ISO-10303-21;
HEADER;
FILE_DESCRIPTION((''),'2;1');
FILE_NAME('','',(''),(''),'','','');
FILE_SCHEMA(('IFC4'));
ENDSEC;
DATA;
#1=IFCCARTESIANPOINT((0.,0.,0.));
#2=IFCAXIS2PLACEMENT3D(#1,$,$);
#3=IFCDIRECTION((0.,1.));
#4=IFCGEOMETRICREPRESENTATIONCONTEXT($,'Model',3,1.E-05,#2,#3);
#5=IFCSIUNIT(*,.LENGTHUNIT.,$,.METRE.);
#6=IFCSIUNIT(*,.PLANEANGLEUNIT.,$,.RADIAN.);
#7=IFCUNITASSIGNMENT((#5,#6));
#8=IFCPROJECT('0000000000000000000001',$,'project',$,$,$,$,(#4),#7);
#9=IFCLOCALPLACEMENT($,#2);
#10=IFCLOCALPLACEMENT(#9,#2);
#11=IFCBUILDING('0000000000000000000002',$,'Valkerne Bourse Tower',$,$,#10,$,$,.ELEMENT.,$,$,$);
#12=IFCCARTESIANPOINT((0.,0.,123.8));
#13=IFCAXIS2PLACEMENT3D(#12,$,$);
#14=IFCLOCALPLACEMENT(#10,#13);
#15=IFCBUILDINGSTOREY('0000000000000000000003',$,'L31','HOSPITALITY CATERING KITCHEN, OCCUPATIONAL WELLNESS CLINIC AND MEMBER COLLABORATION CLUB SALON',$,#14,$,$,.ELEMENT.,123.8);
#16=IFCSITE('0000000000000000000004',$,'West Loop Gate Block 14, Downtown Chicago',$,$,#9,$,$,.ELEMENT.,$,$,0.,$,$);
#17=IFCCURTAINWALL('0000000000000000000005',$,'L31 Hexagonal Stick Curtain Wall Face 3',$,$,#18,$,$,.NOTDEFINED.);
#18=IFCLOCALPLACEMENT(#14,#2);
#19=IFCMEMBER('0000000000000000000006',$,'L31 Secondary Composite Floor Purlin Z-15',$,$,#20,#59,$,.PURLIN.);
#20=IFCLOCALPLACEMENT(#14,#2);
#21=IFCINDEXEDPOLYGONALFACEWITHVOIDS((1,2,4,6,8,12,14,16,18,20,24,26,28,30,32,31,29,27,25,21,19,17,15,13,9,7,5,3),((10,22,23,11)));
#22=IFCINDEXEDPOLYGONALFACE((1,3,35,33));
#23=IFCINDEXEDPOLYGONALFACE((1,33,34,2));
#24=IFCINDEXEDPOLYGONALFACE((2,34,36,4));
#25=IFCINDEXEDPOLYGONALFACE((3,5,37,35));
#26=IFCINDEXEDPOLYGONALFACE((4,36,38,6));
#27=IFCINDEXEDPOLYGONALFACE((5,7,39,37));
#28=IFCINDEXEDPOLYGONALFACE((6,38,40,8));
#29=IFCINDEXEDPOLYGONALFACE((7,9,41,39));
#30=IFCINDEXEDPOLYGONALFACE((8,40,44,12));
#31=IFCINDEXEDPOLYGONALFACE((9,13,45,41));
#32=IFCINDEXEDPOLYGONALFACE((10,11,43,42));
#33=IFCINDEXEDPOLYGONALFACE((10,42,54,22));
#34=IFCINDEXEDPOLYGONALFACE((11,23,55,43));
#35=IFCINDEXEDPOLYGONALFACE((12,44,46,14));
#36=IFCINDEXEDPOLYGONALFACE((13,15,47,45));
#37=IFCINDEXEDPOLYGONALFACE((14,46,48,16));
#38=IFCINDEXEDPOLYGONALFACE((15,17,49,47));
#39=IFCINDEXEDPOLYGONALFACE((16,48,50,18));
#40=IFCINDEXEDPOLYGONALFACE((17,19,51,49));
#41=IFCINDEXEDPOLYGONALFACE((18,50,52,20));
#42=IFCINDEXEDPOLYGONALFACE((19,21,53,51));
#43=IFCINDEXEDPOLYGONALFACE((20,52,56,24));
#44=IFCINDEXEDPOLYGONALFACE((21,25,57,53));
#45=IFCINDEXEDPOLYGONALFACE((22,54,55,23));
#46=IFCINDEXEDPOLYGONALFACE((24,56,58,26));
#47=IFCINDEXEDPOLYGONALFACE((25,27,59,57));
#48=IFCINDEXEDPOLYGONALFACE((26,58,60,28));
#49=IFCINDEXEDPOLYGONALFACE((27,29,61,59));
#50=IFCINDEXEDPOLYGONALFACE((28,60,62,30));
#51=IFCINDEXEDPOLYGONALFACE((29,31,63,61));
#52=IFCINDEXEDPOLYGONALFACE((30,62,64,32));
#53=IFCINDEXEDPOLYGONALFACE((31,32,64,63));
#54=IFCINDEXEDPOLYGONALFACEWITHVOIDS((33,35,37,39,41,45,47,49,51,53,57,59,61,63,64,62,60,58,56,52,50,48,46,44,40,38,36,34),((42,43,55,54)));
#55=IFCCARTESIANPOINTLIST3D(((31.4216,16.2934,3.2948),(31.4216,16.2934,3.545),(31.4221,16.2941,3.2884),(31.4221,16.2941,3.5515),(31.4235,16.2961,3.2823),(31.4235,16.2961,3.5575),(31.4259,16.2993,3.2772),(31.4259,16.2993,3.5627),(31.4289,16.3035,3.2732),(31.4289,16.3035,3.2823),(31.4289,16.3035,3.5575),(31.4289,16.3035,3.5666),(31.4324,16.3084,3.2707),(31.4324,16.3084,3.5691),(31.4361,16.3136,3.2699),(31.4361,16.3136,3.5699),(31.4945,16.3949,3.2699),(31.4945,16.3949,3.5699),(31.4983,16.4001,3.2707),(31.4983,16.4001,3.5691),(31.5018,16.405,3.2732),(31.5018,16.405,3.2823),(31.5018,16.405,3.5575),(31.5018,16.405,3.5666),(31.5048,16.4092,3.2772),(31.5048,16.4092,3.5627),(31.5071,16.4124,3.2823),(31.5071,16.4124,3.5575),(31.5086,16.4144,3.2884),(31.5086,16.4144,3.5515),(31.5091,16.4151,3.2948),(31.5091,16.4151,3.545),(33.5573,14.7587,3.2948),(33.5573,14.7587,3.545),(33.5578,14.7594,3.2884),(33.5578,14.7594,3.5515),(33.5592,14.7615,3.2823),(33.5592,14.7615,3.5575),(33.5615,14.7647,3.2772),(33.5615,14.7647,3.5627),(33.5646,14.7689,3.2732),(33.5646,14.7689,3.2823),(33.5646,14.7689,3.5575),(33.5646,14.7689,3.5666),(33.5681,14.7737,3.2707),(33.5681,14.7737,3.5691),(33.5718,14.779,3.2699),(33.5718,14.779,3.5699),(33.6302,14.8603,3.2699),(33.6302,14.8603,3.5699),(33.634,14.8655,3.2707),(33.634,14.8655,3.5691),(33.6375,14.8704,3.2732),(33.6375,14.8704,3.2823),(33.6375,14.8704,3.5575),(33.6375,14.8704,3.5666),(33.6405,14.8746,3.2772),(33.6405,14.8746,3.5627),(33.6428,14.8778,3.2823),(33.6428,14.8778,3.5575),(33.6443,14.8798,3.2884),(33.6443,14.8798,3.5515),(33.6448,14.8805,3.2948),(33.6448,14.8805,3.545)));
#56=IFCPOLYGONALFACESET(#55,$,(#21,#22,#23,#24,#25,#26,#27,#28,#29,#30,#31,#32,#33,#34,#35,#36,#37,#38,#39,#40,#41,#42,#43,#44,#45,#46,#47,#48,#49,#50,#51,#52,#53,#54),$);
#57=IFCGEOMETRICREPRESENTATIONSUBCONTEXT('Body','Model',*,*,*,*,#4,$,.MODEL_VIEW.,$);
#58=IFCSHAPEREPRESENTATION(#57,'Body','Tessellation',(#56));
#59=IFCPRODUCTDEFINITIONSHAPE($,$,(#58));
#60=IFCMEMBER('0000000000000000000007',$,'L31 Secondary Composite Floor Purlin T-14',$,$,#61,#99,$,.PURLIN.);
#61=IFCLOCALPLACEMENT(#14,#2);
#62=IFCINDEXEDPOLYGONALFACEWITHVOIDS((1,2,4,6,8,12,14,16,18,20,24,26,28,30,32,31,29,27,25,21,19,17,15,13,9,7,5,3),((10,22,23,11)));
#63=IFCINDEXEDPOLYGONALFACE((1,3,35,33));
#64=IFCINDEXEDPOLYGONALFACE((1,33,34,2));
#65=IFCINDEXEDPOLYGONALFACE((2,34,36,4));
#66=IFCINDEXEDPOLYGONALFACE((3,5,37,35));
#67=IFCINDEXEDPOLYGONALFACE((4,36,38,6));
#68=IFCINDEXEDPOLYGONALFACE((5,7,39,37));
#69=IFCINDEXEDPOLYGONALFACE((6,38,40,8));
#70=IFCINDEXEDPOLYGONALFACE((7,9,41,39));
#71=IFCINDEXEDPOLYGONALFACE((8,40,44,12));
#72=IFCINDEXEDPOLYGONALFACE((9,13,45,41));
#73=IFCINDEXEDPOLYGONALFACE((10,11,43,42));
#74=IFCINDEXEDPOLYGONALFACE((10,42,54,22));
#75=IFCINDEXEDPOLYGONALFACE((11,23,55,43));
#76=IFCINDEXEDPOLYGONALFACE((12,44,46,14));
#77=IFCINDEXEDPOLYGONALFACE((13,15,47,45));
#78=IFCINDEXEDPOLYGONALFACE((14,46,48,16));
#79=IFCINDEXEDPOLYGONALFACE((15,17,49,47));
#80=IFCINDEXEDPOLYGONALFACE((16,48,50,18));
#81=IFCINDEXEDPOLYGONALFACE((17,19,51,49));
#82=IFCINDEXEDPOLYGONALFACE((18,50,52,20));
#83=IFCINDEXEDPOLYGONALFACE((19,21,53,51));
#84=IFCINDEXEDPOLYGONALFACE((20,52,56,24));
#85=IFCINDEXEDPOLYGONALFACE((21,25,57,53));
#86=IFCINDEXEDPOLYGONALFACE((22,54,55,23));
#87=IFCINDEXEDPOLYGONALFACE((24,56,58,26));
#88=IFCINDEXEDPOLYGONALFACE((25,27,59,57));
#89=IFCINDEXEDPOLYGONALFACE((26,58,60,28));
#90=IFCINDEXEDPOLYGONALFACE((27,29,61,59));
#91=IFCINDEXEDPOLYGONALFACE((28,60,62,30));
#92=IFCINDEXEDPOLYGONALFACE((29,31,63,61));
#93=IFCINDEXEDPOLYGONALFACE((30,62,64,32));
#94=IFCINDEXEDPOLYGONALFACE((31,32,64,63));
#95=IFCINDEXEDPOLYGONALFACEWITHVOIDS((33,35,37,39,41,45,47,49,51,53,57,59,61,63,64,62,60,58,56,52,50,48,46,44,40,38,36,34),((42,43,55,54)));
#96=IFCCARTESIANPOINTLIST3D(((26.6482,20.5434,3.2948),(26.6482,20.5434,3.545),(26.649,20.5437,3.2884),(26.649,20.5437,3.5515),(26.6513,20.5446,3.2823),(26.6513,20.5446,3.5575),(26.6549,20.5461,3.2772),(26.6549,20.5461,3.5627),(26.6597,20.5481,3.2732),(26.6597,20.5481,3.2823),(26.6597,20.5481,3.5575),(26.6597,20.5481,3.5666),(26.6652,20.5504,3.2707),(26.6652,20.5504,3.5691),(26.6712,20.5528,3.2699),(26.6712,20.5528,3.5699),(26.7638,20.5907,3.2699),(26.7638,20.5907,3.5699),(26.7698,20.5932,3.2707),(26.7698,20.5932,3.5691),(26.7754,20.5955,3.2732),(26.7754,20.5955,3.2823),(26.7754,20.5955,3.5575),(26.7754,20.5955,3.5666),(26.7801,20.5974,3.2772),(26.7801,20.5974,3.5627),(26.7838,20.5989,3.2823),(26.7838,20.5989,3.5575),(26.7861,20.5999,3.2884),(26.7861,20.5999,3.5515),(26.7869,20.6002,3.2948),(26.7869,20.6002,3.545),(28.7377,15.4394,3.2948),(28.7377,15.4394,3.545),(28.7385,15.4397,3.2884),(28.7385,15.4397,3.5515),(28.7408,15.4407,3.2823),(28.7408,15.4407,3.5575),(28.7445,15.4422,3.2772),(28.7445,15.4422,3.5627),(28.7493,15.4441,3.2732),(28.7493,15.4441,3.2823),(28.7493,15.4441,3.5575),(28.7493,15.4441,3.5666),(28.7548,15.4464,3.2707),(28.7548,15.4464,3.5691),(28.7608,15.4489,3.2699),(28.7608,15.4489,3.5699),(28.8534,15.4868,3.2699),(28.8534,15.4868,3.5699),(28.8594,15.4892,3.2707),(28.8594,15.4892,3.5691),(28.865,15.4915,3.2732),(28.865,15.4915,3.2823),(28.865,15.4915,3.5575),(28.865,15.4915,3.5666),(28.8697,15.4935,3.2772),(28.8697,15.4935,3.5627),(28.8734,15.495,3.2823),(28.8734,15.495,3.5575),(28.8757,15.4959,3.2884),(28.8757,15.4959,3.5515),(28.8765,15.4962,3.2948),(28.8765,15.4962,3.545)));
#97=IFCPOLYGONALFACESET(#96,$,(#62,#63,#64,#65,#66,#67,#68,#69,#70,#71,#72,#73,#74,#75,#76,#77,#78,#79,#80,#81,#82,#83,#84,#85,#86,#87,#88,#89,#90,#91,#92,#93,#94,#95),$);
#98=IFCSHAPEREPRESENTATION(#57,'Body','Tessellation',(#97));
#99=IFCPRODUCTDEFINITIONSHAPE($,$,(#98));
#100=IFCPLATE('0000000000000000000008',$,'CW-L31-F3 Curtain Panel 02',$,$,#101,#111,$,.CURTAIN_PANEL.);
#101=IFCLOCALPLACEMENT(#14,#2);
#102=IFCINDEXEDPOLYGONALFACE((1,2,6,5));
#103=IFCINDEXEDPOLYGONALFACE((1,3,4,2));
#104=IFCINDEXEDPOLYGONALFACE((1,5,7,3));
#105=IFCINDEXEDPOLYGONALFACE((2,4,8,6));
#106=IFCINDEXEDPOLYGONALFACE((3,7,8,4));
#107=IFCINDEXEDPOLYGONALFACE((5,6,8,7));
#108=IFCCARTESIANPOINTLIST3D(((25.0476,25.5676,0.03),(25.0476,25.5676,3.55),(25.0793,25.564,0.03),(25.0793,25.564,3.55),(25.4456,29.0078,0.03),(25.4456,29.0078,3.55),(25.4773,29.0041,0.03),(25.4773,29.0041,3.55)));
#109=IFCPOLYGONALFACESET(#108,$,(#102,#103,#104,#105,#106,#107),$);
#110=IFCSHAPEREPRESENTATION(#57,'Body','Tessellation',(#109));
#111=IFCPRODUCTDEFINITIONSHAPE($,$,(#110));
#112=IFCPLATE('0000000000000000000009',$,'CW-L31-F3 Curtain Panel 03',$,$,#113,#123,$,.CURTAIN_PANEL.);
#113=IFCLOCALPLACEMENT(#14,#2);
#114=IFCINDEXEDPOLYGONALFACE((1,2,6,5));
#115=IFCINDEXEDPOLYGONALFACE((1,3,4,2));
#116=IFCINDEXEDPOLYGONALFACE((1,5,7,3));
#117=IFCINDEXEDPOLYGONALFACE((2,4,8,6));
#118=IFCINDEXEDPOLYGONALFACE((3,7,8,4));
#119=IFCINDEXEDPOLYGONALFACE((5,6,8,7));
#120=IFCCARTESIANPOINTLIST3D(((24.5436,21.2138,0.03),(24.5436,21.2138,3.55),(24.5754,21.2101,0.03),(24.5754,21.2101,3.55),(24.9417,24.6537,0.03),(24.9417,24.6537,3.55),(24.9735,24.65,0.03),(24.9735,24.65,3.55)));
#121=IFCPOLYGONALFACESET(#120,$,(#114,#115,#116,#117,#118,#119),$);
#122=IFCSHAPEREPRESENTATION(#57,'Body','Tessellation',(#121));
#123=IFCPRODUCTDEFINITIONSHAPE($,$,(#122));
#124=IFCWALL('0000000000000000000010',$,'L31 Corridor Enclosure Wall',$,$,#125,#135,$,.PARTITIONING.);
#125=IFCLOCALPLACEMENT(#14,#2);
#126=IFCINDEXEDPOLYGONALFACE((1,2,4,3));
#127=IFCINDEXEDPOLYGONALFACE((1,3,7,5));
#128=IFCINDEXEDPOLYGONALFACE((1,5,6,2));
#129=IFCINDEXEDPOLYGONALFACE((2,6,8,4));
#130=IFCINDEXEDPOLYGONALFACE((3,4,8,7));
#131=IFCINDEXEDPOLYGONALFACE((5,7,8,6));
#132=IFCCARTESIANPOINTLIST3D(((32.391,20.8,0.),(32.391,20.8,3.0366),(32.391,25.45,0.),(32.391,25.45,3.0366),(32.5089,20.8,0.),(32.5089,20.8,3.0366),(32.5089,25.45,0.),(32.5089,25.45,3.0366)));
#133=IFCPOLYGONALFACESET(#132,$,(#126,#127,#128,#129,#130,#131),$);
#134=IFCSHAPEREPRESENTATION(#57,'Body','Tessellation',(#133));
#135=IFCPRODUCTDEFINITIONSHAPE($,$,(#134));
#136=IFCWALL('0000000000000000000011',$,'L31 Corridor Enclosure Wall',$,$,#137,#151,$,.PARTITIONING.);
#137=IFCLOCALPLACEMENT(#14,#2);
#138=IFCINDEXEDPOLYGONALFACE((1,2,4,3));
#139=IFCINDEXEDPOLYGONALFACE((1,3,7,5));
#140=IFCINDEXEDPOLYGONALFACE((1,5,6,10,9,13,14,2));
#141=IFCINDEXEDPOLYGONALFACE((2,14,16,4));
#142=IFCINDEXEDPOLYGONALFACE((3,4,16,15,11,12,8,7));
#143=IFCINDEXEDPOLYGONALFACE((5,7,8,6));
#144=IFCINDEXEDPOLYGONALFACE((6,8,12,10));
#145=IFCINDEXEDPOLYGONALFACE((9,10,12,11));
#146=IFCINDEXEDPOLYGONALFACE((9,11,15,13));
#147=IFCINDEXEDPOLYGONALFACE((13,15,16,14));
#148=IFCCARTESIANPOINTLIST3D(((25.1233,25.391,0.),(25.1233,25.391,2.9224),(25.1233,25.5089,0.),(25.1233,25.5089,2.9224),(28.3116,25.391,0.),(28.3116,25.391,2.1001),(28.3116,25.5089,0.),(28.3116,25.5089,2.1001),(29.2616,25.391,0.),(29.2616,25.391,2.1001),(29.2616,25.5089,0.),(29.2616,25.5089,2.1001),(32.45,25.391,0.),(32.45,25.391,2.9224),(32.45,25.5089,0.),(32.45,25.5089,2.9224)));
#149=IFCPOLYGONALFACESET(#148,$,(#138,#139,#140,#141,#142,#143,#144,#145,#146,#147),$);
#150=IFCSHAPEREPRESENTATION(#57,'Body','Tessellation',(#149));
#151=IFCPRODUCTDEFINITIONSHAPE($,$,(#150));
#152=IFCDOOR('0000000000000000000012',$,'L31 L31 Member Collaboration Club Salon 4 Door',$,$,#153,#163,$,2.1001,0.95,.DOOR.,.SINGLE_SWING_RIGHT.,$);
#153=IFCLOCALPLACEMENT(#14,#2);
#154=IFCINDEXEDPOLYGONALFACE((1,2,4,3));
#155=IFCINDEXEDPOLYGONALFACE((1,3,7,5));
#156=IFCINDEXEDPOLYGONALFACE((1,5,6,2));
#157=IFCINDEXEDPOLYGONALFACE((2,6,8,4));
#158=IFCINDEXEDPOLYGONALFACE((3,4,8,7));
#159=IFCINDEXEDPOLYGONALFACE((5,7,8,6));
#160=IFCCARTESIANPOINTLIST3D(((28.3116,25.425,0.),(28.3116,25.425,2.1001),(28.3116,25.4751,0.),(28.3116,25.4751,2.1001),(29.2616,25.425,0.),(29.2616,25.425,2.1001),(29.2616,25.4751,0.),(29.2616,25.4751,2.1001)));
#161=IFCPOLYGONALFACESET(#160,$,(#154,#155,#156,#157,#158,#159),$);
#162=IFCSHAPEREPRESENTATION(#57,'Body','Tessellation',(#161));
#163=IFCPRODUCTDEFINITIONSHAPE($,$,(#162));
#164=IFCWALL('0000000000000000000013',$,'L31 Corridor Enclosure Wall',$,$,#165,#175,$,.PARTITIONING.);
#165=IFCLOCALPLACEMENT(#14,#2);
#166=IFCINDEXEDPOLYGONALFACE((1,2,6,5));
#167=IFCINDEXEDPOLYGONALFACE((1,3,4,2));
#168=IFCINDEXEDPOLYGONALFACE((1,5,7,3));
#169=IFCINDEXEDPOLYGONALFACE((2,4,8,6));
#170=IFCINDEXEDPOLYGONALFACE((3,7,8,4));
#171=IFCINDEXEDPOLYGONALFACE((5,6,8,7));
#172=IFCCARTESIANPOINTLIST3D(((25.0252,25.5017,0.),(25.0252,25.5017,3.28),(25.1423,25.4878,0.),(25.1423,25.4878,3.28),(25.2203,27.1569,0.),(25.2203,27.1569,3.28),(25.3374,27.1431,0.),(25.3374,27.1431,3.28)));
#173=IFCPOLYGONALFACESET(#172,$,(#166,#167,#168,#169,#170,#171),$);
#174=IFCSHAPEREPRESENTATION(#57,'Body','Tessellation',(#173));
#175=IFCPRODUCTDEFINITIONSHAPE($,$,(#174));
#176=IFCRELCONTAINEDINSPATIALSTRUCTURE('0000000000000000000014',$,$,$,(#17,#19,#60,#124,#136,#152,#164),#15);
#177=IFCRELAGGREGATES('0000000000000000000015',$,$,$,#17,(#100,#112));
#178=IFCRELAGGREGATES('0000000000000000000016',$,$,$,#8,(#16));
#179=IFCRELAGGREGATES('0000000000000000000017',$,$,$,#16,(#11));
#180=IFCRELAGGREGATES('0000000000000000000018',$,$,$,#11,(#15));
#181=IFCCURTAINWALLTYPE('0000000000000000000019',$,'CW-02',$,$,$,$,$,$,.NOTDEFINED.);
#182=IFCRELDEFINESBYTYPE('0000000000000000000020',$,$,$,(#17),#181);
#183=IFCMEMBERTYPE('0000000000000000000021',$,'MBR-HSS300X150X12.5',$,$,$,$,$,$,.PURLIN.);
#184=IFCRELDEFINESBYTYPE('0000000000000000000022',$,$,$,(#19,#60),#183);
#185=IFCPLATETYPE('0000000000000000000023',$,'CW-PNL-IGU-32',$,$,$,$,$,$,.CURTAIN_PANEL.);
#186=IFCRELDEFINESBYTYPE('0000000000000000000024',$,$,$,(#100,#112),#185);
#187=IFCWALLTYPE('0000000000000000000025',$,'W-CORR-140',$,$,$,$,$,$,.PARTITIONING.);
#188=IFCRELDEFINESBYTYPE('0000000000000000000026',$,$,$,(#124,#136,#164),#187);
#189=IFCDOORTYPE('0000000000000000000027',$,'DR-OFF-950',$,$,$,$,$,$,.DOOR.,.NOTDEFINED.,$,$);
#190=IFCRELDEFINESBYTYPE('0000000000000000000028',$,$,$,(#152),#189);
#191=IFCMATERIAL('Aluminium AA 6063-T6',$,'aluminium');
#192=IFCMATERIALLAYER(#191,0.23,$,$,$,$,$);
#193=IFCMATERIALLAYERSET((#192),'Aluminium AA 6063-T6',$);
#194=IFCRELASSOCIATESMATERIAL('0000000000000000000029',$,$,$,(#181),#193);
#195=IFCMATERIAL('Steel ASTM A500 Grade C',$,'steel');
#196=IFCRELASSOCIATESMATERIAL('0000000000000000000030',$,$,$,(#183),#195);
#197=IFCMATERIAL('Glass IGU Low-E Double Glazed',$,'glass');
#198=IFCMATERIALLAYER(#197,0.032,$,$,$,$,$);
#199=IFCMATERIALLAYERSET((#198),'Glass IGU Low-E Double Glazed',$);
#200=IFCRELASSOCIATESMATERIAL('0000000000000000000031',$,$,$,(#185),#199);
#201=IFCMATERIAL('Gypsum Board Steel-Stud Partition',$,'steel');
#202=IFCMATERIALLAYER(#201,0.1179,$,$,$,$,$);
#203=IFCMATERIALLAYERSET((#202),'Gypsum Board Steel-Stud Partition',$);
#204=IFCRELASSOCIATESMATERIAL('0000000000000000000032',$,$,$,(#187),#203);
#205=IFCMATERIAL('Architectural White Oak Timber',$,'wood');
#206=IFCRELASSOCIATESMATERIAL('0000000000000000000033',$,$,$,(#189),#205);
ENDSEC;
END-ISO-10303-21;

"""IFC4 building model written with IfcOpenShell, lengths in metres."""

from ifc_helpers import new_model, si_unit, direction, frame, frame_2d, origin, origin_2d, place, context, subcontext, project, spatial, rectangle, hollow_rectangle, extrude, material, layer, layer_set, material_profile, profile_set, type_object, element, fill, aggregate, save


model = new_model("IFC4")

# Units and contexts
model_context = context("Model", 3, precision=1e-05, world=origin(), true_north=direction((0.0, 1.0)))
body_context = subcontext(model_context, "Body", "Model", "MODEL_VIEW")
ifc_project = project(units=[si_unit("LENGTHUNIT", "METRE"), si_unit("PLANEANGLEUNIT", "RADIAN")], contexts=[model_context])

# Site, building, storey
site_placement = place(None, origin())
site = spatial("IfcSite", under=ifc_project, at=site_placement, Name="West Loop Gate Block 14, Downtown Chicago", CompositionType="ELEMENT", RefElevation=0.0)
building_placement = place(site_placement, origin())
building = spatial("IfcBuilding", under=site, at=building_placement, Name="Valkerne Bourse Tower", CompositionType="ELEMENT")
storey_placement = place(building_placement, frame((0.0, 0.0, 123.8)))
storey = spatial("IfcBuildingStorey", under=building, at=storey_placement, Name="L31", Description="HOSPITALITY CATERING KITCHEN, OCCUPATIONAL WELLNESS CLINIC AND MEMBER COLLABORATION CLUB SALON", CompositionType="ELEMENT", Elevation=123.8)

# Curtain wall
ifc_material_1 = material(Name="Aluminium AA 6063-T6", Category="aluminium")
ifc_layer_1 = layer(ifc_material_1, 0.23)
ifc_layer_set_1 = layer_set([ifc_layer_1], Name="Aluminium AA 6063-T6")
curtain_wall_type = type_object("IfcCurtainWallType", Name="CW-02", PredefinedType="NOTDEFINED", material=ifc_layer_set_1)
curtain_wall_placement = place(storey_placement, origin())
curtain_wall = element("IfcCurtainWall", 1, at=curtain_wall_placement, inside=storey, type_object=curtain_wall_type, Name="L31 Hexagonal Stick Curtain Wall Face 3", PredefinedType="NOTDEFINED")

# Members
ifc_material_2 = material(Name="Steel ASTM A500 Grade C", Category="steel")
ifc_material_profile_1 = material_profile(ifc_material_2, hollow_rectangle(XDim=0.1499, YDim=0.3, WallThickness=0.0125, OuterFilletRadius=0.0249, at=origin_2d()), Name="HSS300X150X12.5")
ifc_profile_set_1 = profile_set([ifc_material_profile_1], Name="Steel ASTM A500 Grade C")
member_type_1 = type_object("IfcMemberType", Name="MBR-HSS300X150X12.5", PredefinedType="PURLIN", material=ifc_profile_set_1)
member_1_placement = place(storey_placement, frame((31.4653, 16.3542, 3.4199), z_axis=(0.812087, -0.583537, 0.0), x_axis=(0.583537, 0.812087, 0.0)))
element("IfcMember", 2, at=member_1_placement, inside=storey, type_object=member_type_1, Name="L31 Secondary Composite Floor Purlin Z-15", PredefinedType="PURLIN", context=body_context, shape_type="SweptSolid", body=[
    extrude(hollow_rectangle(XDim=0.1499, YDim=0.3, WallThickness=0.0125, OuterFilletRadius=0.0249, at=origin_2d()), origin(), (0.0, 0.0, 1.0), 2.6299),
])
member_2_placement = place(storey_placement, frame((26.7175, 20.5718, 3.4199), z_axis=(0.378881, -0.925445, 0.0), x_axis=(0.925445, 0.378881, 0.0)))
element("IfcMember", 3, at=member_2_placement, inside=storey, type_object=member_type_1, Name="L31 Secondary Composite Floor Purlin T-14", PredefinedType="PURLIN", context=body_context, shape_type="SweptSolid", body=[
    extrude(hollow_rectangle(XDim=0.1499, YDim=0.3, WallThickness=0.0125, OuterFilletRadius=0.0249, at=origin_2d()), origin(), (0.0, 0.0, 1.0), 5.5151),
])

# Plates
ifc_material_3 = material(Name="Glass IGU Low-E Double Glazed", Category="glass")
ifc_layer_2 = layer(ifc_material_3, 0.032)
ifc_layer_set_2 = layer_set([ifc_layer_2], Name="Glass IGU Low-E Double Glazed")
plate_type = type_object("IfcPlateType", Name="CW-PNL-IGU-32", PredefinedType="CURTAIN_PANEL", material=ifc_layer_set_2)
plate_1_placement = place(storey_placement, frame((25.2625, 27.2859, 0.03), z_axis=(0.0, 0.0, 1.0), x_axis=(-0.11492, -0.993375, 0.0)))
plate_1 = element("IfcPlate", 4, at=plate_1_placement, type_object=plate_type, Name="CW-L31-F3 Curtain Panel 02", PredefinedType="CURTAIN_PANEL", context=body_context, shape_type="SweptSolid", body=[
    extrude(rectangle(XDim=3.4631, YDim=0.032, at=origin_2d()), origin(), (0.0, 0.0, 1.0), 3.52),
])
plate_2_placement = place(storey_placement, frame((24.7585, 22.9319, 0.03), z_axis=(0.0, 0.0, 1.0), x_axis=(-0.114945, -0.993372, 0.0)))
plate_2 = element("IfcPlate", 5, at=plate_2_placement, type_object=plate_type, Name="CW-L31-F3 Curtain Panel 03", PredefinedType="CURTAIN_PANEL", context=body_context, shape_type="SweptSolid", body=[
    extrude(rectangle(XDim=3.4629, YDim=0.032, at=origin_2d()), origin(), (0.0, 0.0, 1.0), 3.52),
])
aggregate(curtain_wall, [plate_1, plate_2])

# Wall
ifc_material_4 = material(Name="Gypsum Board Steel-Stud Partition", Category="steel")
ifc_layer_3 = layer(ifc_material_4, 0.1179)
ifc_layer_set_3 = layer_set([ifc_layer_3], Name="Gypsum Board Steel-Stud Partition")
wall_type_1 = type_object("IfcWallType", Name="W-CORR-140", PredefinedType="PARTITIONING", material=ifc_layer_set_3)
wall_1_placement = place(storey_placement, frame((32.45, 20.8, 0.0), z_axis=(0.0, 0.0, 1.0), x_axis=(0.0, 1.0, 0.0)))
element("IfcWall", 6, at=wall_1_placement, inside=storey, type_object=wall_type_1, Name="L31 Corridor Enclosure Wall", PredefinedType="PARTITIONING", context=body_context, shape_type="SweptSolid", body=[
    extrude(rectangle(XDim=4.6499, YDim=0.1179, at=frame_2d((2.325, 0.0))), origin(), (0.0, 0.0, 1.0), 3.0366),
])

# Wall, opening, door
wall_2_placement = place(storey_placement, frame((32.45, 25.45, 0.0), z_axis=(0.0, 0.0, 1.0), x_axis=(-1.0, 0.0, 0.0)))
wall_2 = element("IfcWall", 7, at=wall_2_placement, inside=storey, type_object=wall_type_1, Name="L31 Corridor Enclosure Wall", PredefinedType="PARTITIONING", context=body_context, shape_type="SweptSolid", body=[
    extrude(rectangle(XDim=7.3267, YDim=0.1179, at=frame_2d((3.6633, 0.0))), origin(), (0.0, 0.0, 1.0), 2.9224),
])
opening_1_placement = place(wall_2_placement, frame((3.1882, 0.0, 0.0)))
opening_1 = element("IfcOpeningElement", 8, at=opening_1_placement, cuts=wall_2, PredefinedType="OPENING", context=body_context, shape_type="SweptSolid", body=[
    extrude(rectangle(XDim=0.95, YDim=2.1001, at=frame_2d((0.4751, 1.05))), frame((0.0, 0.0688, 0.0), z_axis=(0.0, -1.0, 0.0), x_axis=(1.0, 0.0, 0.0)), (0.0, 0.0, 1.0), 0.1379),
])
ifc_material_5 = material(Name="Architectural White Oak Timber", Category="wood")
door_type = type_object("IfcDoorType", Name="DR-OFF-950", OperationType="NOTDEFINED", PredefinedType="DOOR", material=ifc_material_5)
door_1_placement = place(opening_1_placement, origin())
door_1 = element("IfcDoor", 9, at=door_1_placement, inside=storey, type_object=door_type, Name="L31 L31 Member Collaboration Club Salon 4 Door", OperationType="SINGLE_SWING_RIGHT", OverallHeight=2.1001, OverallWidth=0.95, PredefinedType="DOOR", context=body_context, shape_type="SweptSolid", body=[
    extrude(rectangle(XDim=0.95, YDim=2.1001, at=frame_2d((0.4751, 1.05))), frame((0.0, 0.0249, 0.0), z_axis=(0.0, -1.0, 0.0), x_axis=(1.0, 0.0, 0.0)), (0.0, 0.0, 1.0), 0.05),
])
fill(opening_1, door_1)

# Wall
wall_3_placement = place(storey_placement, frame((25.0837, 25.4946, 0.0), z_axis=(0.0, 0.0, 1.0), x_axis=(0.117037, 0.993128, 0.0)))
element("IfcWall", 10, at=wall_3_placement, inside=storey, type_object=wall_type_1, Name="L31 Corridor Enclosure Wall", PredefinedType="PARTITIONING", context=body_context, shape_type="SweptSolid", body=[
    extrude(rectangle(XDim=1.6667, YDim=0.1179, at=frame_2d((0.8335, 0.0))), origin(), (0.0, 0.0, 1.0), 3.28),
])

save(model, "model.ifc")
